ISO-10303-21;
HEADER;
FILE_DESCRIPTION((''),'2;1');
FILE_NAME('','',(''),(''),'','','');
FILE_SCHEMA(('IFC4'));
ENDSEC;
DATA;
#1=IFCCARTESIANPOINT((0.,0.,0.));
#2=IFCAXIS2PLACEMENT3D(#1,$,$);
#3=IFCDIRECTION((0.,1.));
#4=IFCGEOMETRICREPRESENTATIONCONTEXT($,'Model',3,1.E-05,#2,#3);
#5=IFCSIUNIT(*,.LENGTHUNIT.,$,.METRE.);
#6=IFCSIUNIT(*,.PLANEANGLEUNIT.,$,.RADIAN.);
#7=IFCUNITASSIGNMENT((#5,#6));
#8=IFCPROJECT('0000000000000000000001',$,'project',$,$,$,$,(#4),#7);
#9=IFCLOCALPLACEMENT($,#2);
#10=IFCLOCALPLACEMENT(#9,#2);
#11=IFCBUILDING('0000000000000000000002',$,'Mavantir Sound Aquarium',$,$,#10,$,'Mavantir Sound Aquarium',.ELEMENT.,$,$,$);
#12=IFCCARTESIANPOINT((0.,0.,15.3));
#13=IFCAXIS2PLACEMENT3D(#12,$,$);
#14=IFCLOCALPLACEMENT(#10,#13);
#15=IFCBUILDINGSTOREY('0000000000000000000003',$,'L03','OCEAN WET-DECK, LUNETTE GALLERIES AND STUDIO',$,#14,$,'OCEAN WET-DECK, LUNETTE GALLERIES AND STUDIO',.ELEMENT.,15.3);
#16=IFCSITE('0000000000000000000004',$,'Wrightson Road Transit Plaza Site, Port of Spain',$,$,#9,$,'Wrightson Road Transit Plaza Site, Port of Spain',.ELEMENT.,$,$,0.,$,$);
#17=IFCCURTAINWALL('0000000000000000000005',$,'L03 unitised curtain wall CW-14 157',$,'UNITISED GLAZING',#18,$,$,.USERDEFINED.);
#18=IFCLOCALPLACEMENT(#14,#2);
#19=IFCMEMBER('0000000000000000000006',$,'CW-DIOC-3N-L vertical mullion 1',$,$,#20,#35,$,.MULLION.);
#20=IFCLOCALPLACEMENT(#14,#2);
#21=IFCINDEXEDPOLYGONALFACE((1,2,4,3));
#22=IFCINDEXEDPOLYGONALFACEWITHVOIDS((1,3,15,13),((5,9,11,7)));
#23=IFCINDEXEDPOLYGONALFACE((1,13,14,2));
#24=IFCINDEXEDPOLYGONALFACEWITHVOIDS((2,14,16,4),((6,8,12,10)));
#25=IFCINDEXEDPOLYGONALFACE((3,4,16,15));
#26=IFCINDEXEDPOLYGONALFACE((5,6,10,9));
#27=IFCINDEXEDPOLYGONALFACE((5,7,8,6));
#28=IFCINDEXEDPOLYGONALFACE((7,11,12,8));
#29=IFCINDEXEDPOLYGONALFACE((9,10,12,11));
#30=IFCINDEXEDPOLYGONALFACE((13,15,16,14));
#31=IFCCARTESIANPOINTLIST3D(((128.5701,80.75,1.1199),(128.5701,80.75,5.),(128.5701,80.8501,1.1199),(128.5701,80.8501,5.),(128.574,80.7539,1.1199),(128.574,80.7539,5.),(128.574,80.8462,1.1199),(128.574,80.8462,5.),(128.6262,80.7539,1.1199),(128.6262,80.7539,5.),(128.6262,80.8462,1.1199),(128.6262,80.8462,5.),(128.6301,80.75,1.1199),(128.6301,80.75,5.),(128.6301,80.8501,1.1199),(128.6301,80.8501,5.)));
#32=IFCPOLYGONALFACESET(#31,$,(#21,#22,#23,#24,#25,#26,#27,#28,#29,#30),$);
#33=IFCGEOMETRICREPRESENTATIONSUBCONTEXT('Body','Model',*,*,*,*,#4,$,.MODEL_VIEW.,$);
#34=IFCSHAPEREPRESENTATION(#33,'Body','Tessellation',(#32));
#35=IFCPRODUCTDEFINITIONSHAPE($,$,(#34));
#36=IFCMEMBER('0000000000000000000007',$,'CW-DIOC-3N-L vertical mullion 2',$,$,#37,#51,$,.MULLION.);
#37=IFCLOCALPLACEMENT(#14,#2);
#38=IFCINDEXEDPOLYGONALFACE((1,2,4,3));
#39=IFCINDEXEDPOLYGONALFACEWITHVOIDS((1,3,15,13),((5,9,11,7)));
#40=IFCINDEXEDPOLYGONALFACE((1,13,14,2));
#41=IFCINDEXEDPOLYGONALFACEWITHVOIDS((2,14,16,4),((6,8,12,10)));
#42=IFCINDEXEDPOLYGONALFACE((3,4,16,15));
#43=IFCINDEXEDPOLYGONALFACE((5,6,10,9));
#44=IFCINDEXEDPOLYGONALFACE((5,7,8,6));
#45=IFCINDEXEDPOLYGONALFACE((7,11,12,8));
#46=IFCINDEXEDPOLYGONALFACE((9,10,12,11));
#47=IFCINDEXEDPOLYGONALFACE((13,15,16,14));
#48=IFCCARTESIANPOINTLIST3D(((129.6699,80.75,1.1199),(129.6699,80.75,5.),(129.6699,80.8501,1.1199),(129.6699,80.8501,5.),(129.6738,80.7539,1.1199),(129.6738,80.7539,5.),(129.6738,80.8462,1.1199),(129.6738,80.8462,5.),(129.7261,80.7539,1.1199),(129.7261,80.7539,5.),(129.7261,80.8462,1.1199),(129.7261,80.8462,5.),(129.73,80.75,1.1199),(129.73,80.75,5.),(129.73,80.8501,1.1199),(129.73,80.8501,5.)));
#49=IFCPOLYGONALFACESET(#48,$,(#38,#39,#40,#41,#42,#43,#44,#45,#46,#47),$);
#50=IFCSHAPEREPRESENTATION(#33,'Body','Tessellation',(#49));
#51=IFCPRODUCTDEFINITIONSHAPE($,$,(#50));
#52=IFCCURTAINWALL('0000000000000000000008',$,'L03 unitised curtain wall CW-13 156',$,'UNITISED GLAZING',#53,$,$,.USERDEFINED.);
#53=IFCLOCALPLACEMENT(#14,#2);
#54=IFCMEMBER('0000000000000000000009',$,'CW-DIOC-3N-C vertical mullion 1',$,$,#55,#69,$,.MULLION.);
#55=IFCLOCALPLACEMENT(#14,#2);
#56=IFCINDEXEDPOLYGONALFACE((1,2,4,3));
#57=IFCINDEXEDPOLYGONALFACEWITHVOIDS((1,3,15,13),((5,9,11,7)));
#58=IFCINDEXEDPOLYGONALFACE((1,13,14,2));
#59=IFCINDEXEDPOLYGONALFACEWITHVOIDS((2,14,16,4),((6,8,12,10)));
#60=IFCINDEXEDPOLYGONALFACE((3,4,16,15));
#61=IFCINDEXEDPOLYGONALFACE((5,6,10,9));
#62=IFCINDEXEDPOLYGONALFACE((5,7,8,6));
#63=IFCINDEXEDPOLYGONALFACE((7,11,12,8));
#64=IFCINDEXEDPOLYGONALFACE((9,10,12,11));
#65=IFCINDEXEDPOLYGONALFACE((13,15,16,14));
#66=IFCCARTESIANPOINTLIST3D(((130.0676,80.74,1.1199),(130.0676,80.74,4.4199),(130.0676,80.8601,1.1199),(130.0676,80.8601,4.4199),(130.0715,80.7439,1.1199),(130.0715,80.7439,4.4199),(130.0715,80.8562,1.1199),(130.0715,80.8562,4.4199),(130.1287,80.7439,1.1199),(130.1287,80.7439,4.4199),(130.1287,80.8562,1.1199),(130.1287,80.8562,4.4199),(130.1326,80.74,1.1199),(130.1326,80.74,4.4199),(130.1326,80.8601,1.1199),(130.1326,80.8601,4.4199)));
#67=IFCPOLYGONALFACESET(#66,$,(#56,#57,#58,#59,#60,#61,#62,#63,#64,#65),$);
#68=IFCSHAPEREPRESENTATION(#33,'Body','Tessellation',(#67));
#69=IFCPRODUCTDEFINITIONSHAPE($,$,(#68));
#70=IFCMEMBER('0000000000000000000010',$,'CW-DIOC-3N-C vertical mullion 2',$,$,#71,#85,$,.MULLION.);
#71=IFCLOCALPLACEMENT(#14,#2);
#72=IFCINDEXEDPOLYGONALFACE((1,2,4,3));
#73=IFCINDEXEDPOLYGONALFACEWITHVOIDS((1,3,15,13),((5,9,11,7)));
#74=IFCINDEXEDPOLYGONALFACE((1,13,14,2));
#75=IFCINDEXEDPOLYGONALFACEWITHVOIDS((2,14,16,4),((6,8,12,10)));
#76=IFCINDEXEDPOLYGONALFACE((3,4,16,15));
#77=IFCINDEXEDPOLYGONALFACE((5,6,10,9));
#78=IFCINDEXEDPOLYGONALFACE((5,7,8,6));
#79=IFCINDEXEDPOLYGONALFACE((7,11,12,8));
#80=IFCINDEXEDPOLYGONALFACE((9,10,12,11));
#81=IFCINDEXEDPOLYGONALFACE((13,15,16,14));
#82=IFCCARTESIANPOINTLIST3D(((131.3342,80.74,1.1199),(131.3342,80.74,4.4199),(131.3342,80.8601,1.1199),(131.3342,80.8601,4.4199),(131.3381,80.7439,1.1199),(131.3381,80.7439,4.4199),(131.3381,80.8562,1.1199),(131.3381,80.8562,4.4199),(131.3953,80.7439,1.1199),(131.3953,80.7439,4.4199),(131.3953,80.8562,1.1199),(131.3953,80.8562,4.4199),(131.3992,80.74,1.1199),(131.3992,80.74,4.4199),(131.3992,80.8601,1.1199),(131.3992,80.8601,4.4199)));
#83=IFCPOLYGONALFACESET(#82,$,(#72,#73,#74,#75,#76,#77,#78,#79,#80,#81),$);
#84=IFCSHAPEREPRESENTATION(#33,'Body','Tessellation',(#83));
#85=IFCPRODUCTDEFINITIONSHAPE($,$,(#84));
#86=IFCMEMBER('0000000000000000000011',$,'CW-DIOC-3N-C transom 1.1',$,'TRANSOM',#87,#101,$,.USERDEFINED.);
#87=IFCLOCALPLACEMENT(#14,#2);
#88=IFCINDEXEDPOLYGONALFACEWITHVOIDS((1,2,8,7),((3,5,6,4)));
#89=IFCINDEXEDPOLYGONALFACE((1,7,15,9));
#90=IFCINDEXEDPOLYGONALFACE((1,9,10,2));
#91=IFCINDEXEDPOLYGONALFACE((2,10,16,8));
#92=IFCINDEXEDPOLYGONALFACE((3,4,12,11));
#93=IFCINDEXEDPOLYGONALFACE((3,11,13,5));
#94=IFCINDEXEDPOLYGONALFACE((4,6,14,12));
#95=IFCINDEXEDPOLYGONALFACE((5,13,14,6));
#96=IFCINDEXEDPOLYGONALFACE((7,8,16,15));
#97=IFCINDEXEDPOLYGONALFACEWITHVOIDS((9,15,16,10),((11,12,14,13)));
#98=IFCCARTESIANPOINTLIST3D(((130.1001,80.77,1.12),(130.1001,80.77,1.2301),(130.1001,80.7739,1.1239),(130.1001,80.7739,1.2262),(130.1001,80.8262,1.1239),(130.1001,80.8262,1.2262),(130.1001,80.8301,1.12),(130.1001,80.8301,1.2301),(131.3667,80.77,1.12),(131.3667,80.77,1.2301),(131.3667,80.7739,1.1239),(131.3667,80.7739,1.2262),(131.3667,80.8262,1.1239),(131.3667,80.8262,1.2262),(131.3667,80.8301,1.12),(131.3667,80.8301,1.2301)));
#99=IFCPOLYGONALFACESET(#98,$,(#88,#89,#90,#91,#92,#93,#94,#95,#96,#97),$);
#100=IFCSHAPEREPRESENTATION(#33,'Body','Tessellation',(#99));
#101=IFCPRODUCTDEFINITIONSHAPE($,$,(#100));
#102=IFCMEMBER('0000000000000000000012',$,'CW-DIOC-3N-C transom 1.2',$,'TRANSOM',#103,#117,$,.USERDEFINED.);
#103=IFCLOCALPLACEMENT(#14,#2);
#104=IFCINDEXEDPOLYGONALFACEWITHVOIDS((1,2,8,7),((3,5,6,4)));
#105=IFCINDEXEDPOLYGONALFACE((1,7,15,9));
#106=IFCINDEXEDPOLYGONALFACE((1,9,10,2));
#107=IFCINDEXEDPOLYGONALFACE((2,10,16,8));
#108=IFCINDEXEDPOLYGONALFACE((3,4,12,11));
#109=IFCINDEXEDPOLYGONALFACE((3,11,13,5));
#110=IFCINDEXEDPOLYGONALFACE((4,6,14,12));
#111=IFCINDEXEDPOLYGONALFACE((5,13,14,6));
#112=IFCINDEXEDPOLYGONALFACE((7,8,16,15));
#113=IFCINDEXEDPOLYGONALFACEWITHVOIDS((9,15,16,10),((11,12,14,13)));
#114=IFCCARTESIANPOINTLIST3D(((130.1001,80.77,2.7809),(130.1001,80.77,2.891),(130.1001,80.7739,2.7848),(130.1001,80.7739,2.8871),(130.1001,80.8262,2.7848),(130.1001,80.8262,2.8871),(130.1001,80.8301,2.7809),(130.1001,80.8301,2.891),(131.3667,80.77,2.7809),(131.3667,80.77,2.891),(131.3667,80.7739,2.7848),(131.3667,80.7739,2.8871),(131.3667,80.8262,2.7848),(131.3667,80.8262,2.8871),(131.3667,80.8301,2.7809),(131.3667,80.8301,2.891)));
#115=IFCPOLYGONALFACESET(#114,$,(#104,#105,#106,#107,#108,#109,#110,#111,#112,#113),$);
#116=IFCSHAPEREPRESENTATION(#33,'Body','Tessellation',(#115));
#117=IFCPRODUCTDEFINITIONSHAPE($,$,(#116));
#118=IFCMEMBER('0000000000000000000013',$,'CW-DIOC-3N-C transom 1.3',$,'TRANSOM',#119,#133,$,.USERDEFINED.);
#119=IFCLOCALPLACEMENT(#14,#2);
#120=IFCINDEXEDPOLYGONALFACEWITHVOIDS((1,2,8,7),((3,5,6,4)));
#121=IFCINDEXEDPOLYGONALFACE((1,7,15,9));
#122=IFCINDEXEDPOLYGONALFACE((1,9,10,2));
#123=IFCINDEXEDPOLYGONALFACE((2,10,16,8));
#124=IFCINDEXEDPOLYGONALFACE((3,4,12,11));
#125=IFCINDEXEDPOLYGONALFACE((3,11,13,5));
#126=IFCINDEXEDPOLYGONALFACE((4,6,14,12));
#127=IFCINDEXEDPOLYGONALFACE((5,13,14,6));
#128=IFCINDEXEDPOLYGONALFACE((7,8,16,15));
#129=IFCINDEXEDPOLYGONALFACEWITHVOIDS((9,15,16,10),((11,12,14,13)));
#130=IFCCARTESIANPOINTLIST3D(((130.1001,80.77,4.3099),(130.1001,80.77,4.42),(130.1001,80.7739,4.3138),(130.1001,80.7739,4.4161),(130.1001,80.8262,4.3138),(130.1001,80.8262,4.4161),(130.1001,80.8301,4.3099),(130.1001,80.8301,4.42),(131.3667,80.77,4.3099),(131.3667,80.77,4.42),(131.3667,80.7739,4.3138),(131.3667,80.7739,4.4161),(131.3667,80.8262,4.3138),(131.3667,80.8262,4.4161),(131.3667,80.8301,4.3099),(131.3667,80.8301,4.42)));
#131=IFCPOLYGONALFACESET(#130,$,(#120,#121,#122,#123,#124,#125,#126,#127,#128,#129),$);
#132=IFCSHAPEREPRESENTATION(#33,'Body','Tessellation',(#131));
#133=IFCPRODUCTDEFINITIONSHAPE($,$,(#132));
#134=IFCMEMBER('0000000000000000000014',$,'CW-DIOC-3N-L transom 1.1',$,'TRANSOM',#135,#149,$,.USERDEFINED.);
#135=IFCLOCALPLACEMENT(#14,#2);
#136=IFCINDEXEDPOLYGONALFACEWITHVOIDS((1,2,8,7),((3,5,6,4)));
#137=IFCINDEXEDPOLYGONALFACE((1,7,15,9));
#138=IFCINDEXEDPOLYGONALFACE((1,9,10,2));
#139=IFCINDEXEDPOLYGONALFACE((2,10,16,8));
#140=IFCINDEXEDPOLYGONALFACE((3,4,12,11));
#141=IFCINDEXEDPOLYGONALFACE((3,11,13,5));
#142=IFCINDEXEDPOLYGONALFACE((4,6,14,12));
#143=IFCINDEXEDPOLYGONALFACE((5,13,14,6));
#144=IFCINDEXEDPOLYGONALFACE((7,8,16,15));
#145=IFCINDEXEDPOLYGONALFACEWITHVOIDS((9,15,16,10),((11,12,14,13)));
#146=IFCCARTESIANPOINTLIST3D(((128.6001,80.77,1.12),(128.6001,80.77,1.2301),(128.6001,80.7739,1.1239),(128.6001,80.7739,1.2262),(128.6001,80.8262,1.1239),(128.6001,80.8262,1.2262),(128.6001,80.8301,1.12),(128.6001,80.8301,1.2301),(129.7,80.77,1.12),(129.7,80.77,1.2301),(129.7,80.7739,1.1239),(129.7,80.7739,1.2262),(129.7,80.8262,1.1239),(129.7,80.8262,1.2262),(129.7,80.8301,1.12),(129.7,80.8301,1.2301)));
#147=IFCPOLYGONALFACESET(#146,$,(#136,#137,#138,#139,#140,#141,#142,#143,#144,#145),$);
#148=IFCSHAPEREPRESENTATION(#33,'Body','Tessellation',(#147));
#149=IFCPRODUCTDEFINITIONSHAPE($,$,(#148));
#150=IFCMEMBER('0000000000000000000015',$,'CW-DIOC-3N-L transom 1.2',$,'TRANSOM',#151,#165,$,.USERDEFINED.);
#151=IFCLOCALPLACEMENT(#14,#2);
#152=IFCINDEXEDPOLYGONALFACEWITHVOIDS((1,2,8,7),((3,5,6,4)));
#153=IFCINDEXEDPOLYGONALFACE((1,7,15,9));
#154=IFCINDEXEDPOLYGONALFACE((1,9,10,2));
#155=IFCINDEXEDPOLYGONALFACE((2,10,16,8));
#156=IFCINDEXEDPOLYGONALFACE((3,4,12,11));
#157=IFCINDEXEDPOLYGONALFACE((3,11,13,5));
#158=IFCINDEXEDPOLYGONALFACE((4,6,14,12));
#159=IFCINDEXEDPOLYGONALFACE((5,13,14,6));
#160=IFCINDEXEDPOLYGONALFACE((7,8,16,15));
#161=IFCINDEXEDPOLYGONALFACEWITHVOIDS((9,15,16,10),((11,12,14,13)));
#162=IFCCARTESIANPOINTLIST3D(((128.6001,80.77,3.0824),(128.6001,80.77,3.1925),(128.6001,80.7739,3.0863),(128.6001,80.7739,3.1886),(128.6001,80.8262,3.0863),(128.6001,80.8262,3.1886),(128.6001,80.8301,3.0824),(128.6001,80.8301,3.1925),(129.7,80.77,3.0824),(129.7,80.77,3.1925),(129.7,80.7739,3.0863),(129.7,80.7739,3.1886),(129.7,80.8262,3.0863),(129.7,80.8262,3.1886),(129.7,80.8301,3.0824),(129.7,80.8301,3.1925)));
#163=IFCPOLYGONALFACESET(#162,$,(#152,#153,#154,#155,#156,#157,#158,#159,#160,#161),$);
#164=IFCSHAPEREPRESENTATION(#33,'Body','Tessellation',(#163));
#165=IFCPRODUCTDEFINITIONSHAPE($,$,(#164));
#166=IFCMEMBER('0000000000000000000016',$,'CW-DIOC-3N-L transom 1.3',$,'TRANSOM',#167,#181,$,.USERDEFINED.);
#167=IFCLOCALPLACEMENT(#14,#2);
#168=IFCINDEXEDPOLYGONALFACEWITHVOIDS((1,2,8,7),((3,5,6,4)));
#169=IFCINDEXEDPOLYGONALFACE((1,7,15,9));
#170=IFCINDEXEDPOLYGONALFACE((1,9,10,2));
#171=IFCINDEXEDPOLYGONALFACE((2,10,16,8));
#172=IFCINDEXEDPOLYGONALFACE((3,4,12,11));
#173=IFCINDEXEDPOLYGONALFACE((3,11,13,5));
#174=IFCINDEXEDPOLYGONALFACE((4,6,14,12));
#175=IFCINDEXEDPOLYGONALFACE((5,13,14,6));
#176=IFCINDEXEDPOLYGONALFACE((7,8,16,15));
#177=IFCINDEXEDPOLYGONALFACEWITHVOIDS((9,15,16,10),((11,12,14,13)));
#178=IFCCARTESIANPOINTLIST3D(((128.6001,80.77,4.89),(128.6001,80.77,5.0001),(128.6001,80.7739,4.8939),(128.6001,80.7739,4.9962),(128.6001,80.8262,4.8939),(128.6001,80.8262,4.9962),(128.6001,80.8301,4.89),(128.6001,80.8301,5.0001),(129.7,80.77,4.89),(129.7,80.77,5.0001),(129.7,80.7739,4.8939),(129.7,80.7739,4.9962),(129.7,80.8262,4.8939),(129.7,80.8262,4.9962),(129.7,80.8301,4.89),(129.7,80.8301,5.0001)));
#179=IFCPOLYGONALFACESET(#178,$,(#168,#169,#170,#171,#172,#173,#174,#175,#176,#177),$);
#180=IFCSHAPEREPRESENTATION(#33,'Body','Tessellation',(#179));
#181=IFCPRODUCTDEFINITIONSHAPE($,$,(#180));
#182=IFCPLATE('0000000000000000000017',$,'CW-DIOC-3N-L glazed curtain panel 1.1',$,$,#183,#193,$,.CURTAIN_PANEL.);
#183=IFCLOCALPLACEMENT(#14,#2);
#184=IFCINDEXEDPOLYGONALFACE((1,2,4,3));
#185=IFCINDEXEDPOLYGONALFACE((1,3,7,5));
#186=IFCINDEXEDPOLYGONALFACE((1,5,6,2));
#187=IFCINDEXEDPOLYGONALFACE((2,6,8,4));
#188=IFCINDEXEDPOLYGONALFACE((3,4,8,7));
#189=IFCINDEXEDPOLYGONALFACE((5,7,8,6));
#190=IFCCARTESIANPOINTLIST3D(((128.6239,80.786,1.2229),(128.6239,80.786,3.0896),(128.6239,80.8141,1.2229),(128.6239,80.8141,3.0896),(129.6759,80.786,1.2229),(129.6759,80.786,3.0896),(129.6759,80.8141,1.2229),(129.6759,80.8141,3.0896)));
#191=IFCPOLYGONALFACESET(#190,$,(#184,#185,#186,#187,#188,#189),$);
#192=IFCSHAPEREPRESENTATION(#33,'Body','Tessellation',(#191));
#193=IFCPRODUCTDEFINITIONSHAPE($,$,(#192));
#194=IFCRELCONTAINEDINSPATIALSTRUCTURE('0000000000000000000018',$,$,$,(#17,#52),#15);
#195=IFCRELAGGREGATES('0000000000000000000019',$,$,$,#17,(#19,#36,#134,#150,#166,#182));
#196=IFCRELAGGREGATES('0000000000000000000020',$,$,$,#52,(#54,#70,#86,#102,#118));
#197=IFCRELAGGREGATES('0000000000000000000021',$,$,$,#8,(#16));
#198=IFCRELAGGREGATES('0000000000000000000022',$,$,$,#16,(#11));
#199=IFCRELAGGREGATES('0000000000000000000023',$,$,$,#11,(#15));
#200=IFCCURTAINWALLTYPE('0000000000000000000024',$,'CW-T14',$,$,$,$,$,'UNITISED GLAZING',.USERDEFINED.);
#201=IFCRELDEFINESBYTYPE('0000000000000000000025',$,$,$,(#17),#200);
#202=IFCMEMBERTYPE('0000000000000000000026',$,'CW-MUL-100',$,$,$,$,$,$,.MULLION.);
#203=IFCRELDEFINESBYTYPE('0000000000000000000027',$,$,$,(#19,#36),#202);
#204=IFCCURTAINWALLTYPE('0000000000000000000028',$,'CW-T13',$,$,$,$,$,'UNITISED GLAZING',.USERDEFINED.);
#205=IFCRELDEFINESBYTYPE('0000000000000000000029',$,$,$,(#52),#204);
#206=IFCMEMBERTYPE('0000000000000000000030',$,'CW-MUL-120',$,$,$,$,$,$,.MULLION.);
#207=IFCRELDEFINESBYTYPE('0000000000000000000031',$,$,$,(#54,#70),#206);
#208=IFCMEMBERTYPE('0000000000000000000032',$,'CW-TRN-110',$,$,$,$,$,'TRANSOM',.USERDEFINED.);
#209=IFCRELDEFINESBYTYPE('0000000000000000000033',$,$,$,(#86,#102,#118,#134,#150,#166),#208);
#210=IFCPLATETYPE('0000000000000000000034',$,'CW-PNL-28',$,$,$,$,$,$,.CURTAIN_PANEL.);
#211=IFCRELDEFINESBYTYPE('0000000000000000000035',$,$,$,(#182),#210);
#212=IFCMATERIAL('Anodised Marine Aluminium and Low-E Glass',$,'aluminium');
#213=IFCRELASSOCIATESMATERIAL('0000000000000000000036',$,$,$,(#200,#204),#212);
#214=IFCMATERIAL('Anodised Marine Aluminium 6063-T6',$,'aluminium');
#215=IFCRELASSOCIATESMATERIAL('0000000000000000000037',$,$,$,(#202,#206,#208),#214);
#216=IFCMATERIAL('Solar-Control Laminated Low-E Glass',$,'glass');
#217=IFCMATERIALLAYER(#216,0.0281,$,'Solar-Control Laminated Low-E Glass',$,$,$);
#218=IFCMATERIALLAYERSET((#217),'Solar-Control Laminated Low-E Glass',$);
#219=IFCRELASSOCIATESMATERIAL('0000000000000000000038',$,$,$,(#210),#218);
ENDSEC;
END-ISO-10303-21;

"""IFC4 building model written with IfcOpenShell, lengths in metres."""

from ifc_helpers import new_model, si_unit, direction, frame, origin, origin_2d, place, context, subcontext, project, spatial, rectangle, hollow_rectangle, extrude, material, layer, layer_set, material_profile, profile_set, type_object, element, aggregate, save


model = new_model("IFC4")

# Units and contexts
model_context = context("Model", 3, precision=1e-05, world=origin(), true_north=direction((0.0, 1.0)))
body_context = subcontext(model_context, "Body", "Model", "MODEL_VIEW")
ifc_project = project(units=[si_unit("LENGTHUNIT", "METRE"), si_unit("PLANEANGLEUNIT", "RADIAN")], contexts=[model_context])

# Site, building, storey
site_placement = place(None, origin())
site = spatial("IfcSite", under=ifc_project, at=site_placement, Name="Wrightson Road Transit Plaza Site, Port of Spain", LongName="Wrightson Road Transit Plaza Site, Port of Spain", CompositionType="ELEMENT", RefElevation=0.0)
building_placement = place(site_placement, origin())
building = spatial("IfcBuilding", under=site, at=building_placement, Name="Mavantir Sound Aquarium", LongName="Mavantir Sound Aquarium", CompositionType="ELEMENT")
storey_placement = place(building_placement, frame((0.0, 0.0, 15.3)))
storey = spatial("IfcBuildingStorey", under=building, at=storey_placement, Name="L03", Description="OCEAN WET-DECK, LUNETTE GALLERIES AND STUDIO", LongName="OCEAN WET-DECK, LUNETTE GALLERIES AND STUDIO", CompositionType="ELEMENT", Elevation=15.3)

# Curtain walls, members
ifc_material_1 = material(Name="Anodised Marine Aluminium and Low-E Glass", Category="aluminium")
curtain_wall_type_1 = type_object("IfcCurtainWallType", Name="CW-T14", ElementType="UNITISED GLAZING", PredefinedType="USERDEFINED", material=ifc_material_1)
curtain_wall_1_placement = place(storey_placement, origin())
curtain_wall_1 = element("IfcCurtainWall", 1, at=curtain_wall_1_placement, inside=storey, type_object=curtain_wall_type_1, Name="L03 unitised curtain wall CW-14 157", ObjectType="UNITISED GLAZING", PredefinedType="USERDEFINED")
ifc_material_2 = material(Name="Anodised Marine Aluminium 6063-T6", Category="aluminium")
ifc_material_profile_1 = material_profile(ifc_material_2, hollow_rectangle(XDim=0.0601, YDim=0.1001, WallThickness=0.0039, at=origin_2d()), Name="ALU-MULLION-100X60")
ifc_profile_set_1 = profile_set([ifc_material_profile_1], Name="Anodised Marine Aluminium 6063-T6")
member_type_1 = type_object("IfcMemberType", Name="CW-MUL-100", PredefinedType="MULLION", material=ifc_profile_set_1)
member_1_placement = place(storey_placement, frame((128.6001, 80.8, 1.1199), z_axis=(0.0, 0.0, 1.0), x_axis=(1.0, 0.0, 0.0)))
member_1 = element("IfcMember", 2, at=member_1_placement, type_object=member_type_1, Name="CW-DIOC-3N-L vertical mullion 1", PredefinedType="MULLION", context=body_context, shape_type="SweptSolid", body=[
    extrude(hollow_rectangle(XDim=0.0601, YDim=0.1001, WallThickness=0.0039, at=origin_2d()), origin(), (0.0, 0.0, 1.0), 3.8801),
])
member_2_placement = place(storey_placement, frame((129.7, 80.8, 1.1199), z_axis=(0.0, 0.0, 1.0), x_axis=(1.0, 0.0, 0.0)))
member_2 = element("IfcMember", 3, at=member_2_placement, type_object=member_type_1, Name="CW-DIOC-3N-L vertical mullion 2", PredefinedType="MULLION", context=body_context, shape_type="SweptSolid", body=[
    extrude(hollow_rectangle(XDim=0.0601, YDim=0.1001, WallThickness=0.0039, at=origin_2d()), origin(), (0.0, 0.0, 1.0), 3.8801),
])
curtain_wall_type_2 = type_object("IfcCurtainWallType", Name="CW-T13", ElementType="UNITISED GLAZING", PredefinedType="USERDEFINED", material=ifc_material_1)
curtain_wall_2_placement = place(storey_placement, origin())
curtain_wall_2 = element("IfcCurtainWall", 4, at=curtain_wall_2_placement, inside=storey, type_object=curtain_wall_type_2, Name="L03 unitised curtain wall CW-13 156", ObjectType="UNITISED GLAZING", PredefinedType="USERDEFINED")
ifc_material_profile_2 = material_profile(ifc_material_2, hollow_rectangle(XDim=0.0649, YDim=0.1201, WallThickness=0.0039, at=origin_2d()), Name="ALU-MULLION-120X65")
ifc_profile_set_2 = profile_set([ifc_material_profile_2], Name="Anodised Marine Aluminium 6063-T6")
member_type_2 = type_object("IfcMemberType", Name="CW-MUL-120", PredefinedType="MULLION", material=ifc_profile_set_2)
member_3_placement = place(storey_placement, frame((130.1001, 80.8, 1.1199), z_axis=(0.0, 0.0, 1.0), x_axis=(1.0, 0.0, 0.0)))
member_3 = element("IfcMember", 5, at=member_3_placement, type_object=member_type_2, Name="CW-DIOC-3N-C vertical mullion 1", PredefinedType="MULLION", context=body_context, shape_type="SweptSolid", body=[
    extrude(hollow_rectangle(XDim=0.0649, YDim=0.1201, WallThickness=0.0039, at=origin_2d()), origin(), (0.0, 0.0, 1.0), 3.3),
])
member_4_placement = place(storey_placement, frame((131.3667, 80.8, 1.1199), z_axis=(0.0, 0.0, 1.0), x_axis=(1.0, 0.0, 0.0)))
member_4 = element("IfcMember", 6, at=member_4_placement, type_object=member_type_2, Name="CW-DIOC-3N-C vertical mullion 2", PredefinedType="MULLION", context=body_context, shape_type="SweptSolid", body=[
    extrude(hollow_rectangle(XDim=0.0649, YDim=0.1201, WallThickness=0.0039, at=origin_2d()), origin(), (0.0, 0.0, 1.0), 3.3),
])
ifc_material_profile_3 = material_profile(ifc_material_2, hollow_rectangle(XDim=0.0601, YDim=0.1101, WallThickness=0.0039, at=origin_2d()), Name="ALU-TRANSOM-110X60")
ifc_profile_set_3 = profile_set([ifc_material_profile_3], Name="Anodised Marine Aluminium 6063-T6")
member_type_3 = type_object("IfcMemberType", Name="CW-TRN-110", ElementType="TRANSOM", PredefinedType="USERDEFINED", material=ifc_profile_set_3)
member_5_placement = place(storey_placement, frame((130.1001, 80.8, 1.175), z_axis=(1.0, 0.0, 0.0), x_axis=(0.0, 1.0, 0.0)))
member_5 = element("IfcMember", 7, at=member_5_placement, type_object=member_type_3, Name="CW-DIOC-3N-C transom 1.1", ObjectType="TRANSOM", PredefinedType="USERDEFINED", context=body_context, shape_type="SweptSolid", body=[
    extrude(hollow_rectangle(XDim=0.0601, YDim=0.1101, WallThickness=0.0039, at=origin_2d()), origin(), (0.0, 0.0, 1.0), 1.2666),
])
member_6_placement = place(storey_placement, frame((130.1001, 80.8, 2.8359), z_axis=(1.0, 0.0, 0.0), x_axis=(0.0, 1.0, 0.0)))
member_6 = element("IfcMember", 8, at=member_6_placement, type_object=member_type_3, Name="CW-DIOC-3N-C transom 1.2", ObjectType="TRANSOM", PredefinedType="USERDEFINED", context=body_context, shape_type="SweptSolid", body=[
    extrude(hollow_rectangle(XDim=0.0601, YDim=0.1101, WallThickness=0.0039, at=origin_2d()), origin(), (0.0, 0.0, 1.0), 1.2666),
])
member_7_placement = place(storey_placement, frame((130.1001, 80.8, 4.365), z_axis=(1.0, 0.0, 0.0), x_axis=(0.0, 1.0, 0.0)))
member_7 = element("IfcMember", 9, at=member_7_placement, type_object=member_type_3, Name="CW-DIOC-3N-C transom 1.3", ObjectType="TRANSOM", PredefinedType="USERDEFINED", context=body_context, shape_type="SweptSolid", body=[
    extrude(hollow_rectangle(XDim=0.0601, YDim=0.1101, WallThickness=0.0039, at=origin_2d()), origin(), (0.0, 0.0, 1.0), 1.2666),
])

# Members
member_8_placement = place(storey_placement, frame((128.6001, 80.8, 1.175), z_axis=(1.0, 0.0, 0.0), x_axis=(0.0, 1.0, 0.0)))
member_8 = element("IfcMember", 10, at=member_8_placement, type_object=member_type_3, Name="CW-DIOC-3N-L transom 1.1", ObjectType="TRANSOM", PredefinedType="USERDEFINED", context=body_context, shape_type="SweptSolid", body=[
    extrude(hollow_rectangle(XDim=0.0601, YDim=0.1101, WallThickness=0.0039, at=origin_2d()), origin(), (0.0, 0.0, 1.0), 1.0999),
])
member_9_placement = place(storey_placement, frame((128.6001, 80.8, 3.1375), z_axis=(1.0, 0.0, 0.0), x_axis=(0.0, 1.0, 0.0)))
member_9 = element("IfcMember", 11, at=member_9_placement, type_object=member_type_3, Name="CW-DIOC-3N-L transom 1.2", ObjectType="TRANSOM", PredefinedType="USERDEFINED", context=body_context, shape_type="SweptSolid", body=[
    extrude(hollow_rectangle(XDim=0.0601, YDim=0.1101, WallThickness=0.0039, at=origin_2d()), origin(), (0.0, 0.0, 1.0), 1.0999),
])
member_10_placement = place(storey_placement, frame((128.6001, 80.8, 4.9451), z_axis=(1.0, 0.0, 0.0), x_axis=(0.0, 1.0, 0.0)))
member_10 = element("IfcMember", 12, at=member_10_placement, type_object=member_type_3, Name="CW-DIOC-3N-L transom 1.3", ObjectType="TRANSOM", PredefinedType="USERDEFINED", context=body_context, shape_type="SweptSolid", body=[
    extrude(hollow_rectangle(XDim=0.0601, YDim=0.1101, WallThickness=0.0039, at=origin_2d()), origin(), (0.0, 0.0, 1.0), 1.0999),
])

# Plate
ifc_material_3 = material(Name="Solar-Control Laminated Low-E Glass", Category="glass")
ifc_layer_1 = layer(ifc_material_3, 0.0281, Name="Solar-Control Laminated Low-E Glass")
ifc_layer_set_1 = layer_set([ifc_layer_1], Name="Solar-Control Laminated Low-E Glass")
plate_type_1 = type_object("IfcPlateType", Name="CW-PNL-28", PredefinedType="CURTAIN_PANEL", material=ifc_layer_set_1)
plate_1_placement = place(storey_placement, frame((129.1499, 80.8, 1.2229), z_axis=(0.0, 0.0, 1.0), x_axis=(1.0, 0.0, 0.0)))
plate_1 = element("IfcPlate", 13, at=plate_1_placement, type_object=plate_type_1, Name="CW-DIOC-3N-L glazed curtain panel 1.1", PredefinedType="CURTAIN_PANEL", context=body_context, shape_type="SweptSolid", body=[
    extrude(rectangle(XDim=1.052, YDim=0.0281, at=origin_2d()), origin(), (0.0, 0.0, 1.0), 1.8667),
])
aggregate(curtain_wall_1, [member_1, member_2, member_8, member_9, member_10, plate_1])
aggregate(curtain_wall_2, [member_3, member_4, member_5, member_6, member_7])

save(model, "model.ifc")
